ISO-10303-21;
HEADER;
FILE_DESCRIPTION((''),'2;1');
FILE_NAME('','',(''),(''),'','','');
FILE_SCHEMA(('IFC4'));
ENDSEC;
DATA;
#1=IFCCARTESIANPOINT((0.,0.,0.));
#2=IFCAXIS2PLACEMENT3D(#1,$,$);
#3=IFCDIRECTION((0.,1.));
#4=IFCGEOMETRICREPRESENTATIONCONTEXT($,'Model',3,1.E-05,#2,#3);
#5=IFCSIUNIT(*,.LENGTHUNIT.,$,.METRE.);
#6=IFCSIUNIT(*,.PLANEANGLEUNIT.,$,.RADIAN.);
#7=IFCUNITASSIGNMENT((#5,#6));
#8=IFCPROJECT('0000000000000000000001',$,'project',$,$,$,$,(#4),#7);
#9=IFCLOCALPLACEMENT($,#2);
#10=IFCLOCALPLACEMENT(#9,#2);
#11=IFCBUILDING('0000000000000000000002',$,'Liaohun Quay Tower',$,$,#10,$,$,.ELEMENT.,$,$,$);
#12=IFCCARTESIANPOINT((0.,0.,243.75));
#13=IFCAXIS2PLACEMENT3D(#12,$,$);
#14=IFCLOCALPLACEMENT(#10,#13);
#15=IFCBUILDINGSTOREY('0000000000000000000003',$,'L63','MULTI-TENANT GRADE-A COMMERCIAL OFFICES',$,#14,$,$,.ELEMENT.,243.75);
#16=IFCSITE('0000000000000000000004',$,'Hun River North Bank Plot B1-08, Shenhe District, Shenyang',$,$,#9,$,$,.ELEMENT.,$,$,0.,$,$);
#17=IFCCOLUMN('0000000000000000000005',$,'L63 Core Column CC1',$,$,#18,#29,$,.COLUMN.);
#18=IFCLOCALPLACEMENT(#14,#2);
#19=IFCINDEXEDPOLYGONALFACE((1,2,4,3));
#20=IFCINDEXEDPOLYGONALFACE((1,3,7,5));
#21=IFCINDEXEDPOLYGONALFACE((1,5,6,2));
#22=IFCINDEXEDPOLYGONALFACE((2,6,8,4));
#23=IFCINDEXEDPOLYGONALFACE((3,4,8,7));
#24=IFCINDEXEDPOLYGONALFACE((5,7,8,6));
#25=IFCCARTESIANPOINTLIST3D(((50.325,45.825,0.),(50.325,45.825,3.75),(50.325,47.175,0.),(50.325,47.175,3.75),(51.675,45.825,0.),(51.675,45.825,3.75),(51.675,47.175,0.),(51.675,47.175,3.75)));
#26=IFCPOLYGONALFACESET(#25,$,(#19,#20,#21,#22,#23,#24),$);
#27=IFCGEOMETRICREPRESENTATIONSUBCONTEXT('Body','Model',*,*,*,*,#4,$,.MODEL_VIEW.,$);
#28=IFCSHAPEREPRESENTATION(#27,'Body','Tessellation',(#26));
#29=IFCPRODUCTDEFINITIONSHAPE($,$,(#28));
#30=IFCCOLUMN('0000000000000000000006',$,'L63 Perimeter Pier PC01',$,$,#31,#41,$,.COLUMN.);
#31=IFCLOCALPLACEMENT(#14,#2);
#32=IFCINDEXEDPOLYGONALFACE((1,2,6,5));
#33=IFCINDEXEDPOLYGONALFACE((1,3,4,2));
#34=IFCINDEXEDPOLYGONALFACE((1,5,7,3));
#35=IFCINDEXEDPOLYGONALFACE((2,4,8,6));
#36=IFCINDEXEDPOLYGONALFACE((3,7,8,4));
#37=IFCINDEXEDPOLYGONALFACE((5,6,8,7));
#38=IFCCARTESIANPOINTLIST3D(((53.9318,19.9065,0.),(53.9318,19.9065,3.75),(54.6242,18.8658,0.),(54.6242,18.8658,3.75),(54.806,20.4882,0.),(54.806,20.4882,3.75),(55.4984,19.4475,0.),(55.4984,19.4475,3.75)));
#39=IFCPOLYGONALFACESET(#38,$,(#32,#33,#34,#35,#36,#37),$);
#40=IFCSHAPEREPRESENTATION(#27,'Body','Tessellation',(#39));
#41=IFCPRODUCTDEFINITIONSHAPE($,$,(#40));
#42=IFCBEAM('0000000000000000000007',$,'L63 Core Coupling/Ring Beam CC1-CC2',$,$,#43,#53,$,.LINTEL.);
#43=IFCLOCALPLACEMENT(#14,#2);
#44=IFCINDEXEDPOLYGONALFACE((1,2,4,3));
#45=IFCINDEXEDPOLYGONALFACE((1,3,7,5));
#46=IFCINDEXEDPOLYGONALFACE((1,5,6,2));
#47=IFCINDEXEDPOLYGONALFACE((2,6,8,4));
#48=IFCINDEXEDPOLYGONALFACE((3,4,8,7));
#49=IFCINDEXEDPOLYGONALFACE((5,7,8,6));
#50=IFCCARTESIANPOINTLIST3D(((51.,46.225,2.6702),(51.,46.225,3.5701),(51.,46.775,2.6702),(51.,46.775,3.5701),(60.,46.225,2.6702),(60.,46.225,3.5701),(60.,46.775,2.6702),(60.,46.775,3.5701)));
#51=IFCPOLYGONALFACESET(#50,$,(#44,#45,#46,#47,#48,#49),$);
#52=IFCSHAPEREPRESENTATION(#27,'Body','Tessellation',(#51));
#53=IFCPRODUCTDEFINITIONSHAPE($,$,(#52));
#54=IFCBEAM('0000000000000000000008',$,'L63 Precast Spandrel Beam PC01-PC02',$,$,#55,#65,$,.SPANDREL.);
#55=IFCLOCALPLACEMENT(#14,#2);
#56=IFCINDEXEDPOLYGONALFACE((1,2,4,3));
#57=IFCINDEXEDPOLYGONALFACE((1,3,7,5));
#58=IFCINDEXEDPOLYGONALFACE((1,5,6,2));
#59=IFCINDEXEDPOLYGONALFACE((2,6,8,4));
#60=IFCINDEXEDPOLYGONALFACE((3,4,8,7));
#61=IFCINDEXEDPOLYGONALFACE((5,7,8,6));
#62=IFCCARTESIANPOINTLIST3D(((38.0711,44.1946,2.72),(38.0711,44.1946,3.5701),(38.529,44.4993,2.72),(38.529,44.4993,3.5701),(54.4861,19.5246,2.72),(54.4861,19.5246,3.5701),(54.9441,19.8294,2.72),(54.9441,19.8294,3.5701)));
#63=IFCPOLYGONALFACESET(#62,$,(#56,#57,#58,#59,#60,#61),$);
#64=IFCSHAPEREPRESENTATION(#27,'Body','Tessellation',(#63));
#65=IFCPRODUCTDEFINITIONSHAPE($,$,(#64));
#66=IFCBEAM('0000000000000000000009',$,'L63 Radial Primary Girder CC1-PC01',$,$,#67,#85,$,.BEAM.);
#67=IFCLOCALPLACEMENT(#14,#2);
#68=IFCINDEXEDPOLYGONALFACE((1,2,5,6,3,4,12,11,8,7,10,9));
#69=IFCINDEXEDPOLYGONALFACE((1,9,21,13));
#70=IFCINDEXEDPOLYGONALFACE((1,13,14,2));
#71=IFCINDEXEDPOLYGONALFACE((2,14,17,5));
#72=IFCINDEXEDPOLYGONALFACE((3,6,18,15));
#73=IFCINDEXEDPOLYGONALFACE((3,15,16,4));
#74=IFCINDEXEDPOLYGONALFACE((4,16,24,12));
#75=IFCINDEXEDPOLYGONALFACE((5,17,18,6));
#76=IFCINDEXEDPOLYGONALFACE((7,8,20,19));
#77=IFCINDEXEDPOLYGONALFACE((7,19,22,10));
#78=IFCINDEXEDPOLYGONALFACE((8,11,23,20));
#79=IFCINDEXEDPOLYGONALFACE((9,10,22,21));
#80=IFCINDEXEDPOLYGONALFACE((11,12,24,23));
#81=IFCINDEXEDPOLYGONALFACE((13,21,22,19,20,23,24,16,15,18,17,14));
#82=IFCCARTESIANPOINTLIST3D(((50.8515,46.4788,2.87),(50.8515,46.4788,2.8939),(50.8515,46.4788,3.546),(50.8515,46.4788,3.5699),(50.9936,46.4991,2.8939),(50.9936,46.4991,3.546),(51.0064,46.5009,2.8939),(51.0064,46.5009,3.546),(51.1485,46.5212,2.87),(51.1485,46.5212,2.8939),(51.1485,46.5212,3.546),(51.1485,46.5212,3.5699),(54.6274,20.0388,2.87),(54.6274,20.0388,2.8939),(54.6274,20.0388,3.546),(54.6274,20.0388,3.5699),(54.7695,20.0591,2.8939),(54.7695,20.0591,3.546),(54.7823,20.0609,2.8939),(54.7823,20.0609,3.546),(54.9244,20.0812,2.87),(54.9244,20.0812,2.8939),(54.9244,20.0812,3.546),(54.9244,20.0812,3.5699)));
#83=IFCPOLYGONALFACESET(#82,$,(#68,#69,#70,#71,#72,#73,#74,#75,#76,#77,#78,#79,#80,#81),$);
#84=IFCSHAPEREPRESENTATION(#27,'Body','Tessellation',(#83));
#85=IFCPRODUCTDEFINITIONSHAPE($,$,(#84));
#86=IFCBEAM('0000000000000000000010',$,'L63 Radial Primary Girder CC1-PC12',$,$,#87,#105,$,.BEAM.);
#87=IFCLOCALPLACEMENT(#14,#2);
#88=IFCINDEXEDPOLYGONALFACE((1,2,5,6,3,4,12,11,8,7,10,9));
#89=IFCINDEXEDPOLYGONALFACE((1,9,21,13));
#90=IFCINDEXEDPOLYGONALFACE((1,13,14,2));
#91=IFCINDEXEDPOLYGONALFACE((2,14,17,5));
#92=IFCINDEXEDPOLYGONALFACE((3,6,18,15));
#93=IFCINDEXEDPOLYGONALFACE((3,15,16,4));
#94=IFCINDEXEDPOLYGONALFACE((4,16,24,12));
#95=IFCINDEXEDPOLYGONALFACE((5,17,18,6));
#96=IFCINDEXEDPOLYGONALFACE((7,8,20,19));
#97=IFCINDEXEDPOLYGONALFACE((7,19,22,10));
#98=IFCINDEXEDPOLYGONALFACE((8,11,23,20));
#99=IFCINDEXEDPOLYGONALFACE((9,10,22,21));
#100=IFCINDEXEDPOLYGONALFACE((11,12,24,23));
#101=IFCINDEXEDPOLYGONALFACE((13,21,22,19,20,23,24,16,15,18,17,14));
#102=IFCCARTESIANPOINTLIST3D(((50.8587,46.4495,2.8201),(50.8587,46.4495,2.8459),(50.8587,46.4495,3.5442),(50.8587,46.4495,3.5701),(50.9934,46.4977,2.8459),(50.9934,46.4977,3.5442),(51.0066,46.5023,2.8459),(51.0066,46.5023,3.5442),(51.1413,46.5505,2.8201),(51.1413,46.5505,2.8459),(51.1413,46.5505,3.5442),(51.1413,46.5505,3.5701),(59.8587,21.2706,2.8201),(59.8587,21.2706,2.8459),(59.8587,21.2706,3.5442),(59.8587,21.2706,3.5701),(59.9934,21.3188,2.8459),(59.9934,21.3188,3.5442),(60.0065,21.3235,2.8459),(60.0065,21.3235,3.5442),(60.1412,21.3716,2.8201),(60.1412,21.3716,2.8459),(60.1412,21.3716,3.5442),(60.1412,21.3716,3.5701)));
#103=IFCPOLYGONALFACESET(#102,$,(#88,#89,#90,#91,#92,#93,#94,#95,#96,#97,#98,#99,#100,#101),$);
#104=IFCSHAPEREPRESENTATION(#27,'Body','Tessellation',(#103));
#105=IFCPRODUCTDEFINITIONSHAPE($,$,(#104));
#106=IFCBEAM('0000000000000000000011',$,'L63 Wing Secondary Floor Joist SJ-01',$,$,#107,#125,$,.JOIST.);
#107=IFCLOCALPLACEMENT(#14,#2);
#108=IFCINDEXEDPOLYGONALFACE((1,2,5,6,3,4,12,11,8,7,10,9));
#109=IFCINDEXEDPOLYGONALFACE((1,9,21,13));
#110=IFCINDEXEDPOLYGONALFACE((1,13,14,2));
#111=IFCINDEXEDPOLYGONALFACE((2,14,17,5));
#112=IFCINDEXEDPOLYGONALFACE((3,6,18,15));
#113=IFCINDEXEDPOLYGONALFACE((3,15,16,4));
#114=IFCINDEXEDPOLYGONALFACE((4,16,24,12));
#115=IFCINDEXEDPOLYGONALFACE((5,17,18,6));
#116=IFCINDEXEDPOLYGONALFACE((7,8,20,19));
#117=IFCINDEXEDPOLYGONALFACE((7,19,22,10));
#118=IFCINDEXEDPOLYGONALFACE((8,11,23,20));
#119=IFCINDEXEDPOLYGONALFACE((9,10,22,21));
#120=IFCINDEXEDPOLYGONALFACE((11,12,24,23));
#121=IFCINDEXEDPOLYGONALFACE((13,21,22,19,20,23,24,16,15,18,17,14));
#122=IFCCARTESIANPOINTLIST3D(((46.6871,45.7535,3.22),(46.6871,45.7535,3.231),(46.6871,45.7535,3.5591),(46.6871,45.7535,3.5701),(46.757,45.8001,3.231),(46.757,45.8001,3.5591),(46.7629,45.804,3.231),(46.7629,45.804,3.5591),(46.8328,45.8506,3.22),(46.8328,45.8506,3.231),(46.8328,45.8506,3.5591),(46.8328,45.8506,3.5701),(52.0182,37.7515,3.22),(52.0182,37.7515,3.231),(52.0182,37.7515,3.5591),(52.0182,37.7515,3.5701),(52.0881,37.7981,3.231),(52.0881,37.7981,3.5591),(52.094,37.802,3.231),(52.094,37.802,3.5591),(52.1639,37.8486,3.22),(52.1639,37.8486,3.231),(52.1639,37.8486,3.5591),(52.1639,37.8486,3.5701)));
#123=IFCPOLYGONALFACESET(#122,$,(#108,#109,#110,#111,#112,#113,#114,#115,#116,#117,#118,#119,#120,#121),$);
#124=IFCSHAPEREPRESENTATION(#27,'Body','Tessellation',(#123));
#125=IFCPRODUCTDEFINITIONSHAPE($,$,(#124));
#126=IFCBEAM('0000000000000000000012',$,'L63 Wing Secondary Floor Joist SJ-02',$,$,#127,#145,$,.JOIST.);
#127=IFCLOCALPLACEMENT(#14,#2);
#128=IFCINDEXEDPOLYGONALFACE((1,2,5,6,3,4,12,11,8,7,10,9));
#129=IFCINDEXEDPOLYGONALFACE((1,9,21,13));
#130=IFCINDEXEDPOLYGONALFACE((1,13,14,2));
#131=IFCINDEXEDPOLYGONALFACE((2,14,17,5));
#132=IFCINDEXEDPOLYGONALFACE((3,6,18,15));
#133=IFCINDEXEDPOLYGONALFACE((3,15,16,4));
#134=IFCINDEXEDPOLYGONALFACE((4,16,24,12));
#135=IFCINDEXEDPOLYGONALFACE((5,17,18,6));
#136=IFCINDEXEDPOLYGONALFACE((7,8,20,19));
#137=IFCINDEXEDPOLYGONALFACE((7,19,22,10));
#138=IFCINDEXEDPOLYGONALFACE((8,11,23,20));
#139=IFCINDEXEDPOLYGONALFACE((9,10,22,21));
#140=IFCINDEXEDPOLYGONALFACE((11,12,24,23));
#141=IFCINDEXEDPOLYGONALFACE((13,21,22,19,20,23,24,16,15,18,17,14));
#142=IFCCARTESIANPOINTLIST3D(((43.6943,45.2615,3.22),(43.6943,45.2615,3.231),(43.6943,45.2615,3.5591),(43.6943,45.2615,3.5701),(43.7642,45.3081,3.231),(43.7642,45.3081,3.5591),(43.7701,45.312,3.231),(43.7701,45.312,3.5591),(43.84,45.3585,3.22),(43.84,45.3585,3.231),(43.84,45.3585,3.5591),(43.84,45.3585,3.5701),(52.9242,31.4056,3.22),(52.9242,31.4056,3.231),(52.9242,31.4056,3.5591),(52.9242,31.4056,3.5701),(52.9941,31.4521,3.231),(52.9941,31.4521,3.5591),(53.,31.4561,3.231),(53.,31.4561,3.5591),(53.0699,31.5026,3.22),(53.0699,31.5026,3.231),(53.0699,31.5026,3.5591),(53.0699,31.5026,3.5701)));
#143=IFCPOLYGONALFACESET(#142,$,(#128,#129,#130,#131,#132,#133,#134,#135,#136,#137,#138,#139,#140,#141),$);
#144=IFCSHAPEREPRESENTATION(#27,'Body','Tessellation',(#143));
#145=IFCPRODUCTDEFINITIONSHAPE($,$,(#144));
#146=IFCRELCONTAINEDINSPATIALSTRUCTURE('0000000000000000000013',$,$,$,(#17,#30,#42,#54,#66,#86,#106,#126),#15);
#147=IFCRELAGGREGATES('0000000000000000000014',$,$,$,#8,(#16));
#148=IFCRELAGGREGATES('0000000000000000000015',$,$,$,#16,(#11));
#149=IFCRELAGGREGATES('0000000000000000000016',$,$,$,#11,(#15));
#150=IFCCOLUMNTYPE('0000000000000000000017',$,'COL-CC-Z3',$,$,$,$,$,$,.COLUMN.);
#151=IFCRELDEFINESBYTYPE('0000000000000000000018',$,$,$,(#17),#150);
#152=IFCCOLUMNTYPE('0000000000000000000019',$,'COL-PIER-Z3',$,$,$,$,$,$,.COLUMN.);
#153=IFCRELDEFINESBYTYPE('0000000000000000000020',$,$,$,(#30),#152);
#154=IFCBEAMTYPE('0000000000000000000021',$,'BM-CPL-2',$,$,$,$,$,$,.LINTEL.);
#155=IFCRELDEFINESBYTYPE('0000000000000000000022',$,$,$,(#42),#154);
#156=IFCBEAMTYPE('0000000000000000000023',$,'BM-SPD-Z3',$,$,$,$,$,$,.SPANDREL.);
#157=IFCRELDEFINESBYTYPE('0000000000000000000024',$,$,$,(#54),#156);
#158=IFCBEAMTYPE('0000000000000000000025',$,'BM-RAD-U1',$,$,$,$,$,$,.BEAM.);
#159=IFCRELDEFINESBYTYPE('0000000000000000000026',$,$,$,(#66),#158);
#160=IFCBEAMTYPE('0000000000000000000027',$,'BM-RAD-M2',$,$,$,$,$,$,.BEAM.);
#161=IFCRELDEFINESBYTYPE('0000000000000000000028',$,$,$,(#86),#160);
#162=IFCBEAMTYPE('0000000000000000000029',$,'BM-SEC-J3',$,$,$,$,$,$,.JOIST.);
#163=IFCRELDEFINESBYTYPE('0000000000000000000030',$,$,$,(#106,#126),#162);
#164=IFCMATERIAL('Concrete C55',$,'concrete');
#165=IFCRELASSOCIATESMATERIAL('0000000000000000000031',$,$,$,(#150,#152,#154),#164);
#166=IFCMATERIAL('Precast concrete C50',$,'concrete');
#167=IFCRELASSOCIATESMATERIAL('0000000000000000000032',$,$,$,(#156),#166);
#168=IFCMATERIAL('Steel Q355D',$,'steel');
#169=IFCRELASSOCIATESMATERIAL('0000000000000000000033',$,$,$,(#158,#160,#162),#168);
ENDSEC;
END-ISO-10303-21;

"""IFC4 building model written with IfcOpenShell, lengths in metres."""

from ifc_helpers import new_model, si_unit, direction, frame, origin, origin_2d, place, context, subcontext, project, spatial, rectangle, i_section, extrude, source, transform, mapped, material, material_profile, profile_set, type_object, element, save


model = new_model("IFC4")

# Units and contexts
model_context = context("Model", 3, precision=1e-05, world=origin(), true_north=direction((0.0, 1.0)))
body_context = subcontext(model_context, "Body", "Model", "MODEL_VIEW")
ifc_project = project(units=[si_unit("LENGTHUNIT", "METRE"), si_unit("PLANEANGLEUNIT", "RADIAN")], contexts=[model_context])

# Site, building, storey
site_placement = place(None, origin())
site = spatial("IfcSite", under=ifc_project, at=site_placement, Name="Hun River North Bank Plot B1-08, Shenhe District, Shenyang", CompositionType="ELEMENT", RefElevation=0.0)
building_placement = place(site_placement, origin())
building = spatial("IfcBuilding", under=site, at=building_placement, Name="Liaohun Quay Tower", CompositionType="ELEMENT")
storey_placement = place(building_placement, frame((0.0, 0.0, 243.75)))
storey = spatial("IfcBuildingStorey", under=building, at=storey_placement, Name="L63", Description="MULTI-TENANT GRADE-A COMMERCIAL OFFICES", CompositionType="ELEMENT", Elevation=243.75)

# Columns
ifc_material_1 = material(Name="Concrete C55", Category="concrete")
ifc_material_profile_1 = material_profile(ifc_material_1, rectangle(XDim=1.3501, YDim=1.3501, at=origin_2d()), Name="RC1350x1350")
ifc_profile_set_1 = profile_set([ifc_material_profile_1], Name="Concrete C55")
column_type_1 = type_object("IfcColumnType", Name="COL-CC-Z3", PredefinedType="COLUMN", material=ifc_profile_set_1)
shared_shape_1 = source(origin(), body_context, "Body", "SweptSolid", [
    extrude(rectangle(XDim=1.3501, YDim=1.3501, at=origin_2d()), origin(), (0.0, 0.0, 1.0), 3.75),
])
column_1_placement = place(storey_placement, frame((51.0, 46.5, 0.0), z_axis=(0.0, 0.0, 1.0), x_axis=(1.0, 0.0, 0.0)))
element("IfcColumn", 1, at=column_1_placement, inside=storey, type_object=column_type_1, Name="L63 Core Column CC1", PredefinedType="COLUMN", context=body_context, shape_type="MappedRepresentation", body=[
    mapped(shared_shape_1, transform((0.0, 0.0, 0.0), x_axis=(1.0, 0.0, 0.0), y_axis=(0.0, 1.0, 0.0), z_axis=(0.0, 0.0, 1.0), scale=1.0)),
])
ifc_material_profile_2 = material_profile(ifc_material_1, rectangle(XDim=1.25, YDim=1.05, at=origin_2d()), Name="RC1250x1050")
ifc_profile_set_2 = profile_set([ifc_material_profile_2], Name="Concrete C55")
column_type_2 = type_object("IfcColumnType", Name="COL-PIER-Z3", PredefinedType="COLUMN", material=ifc_profile_set_2)
shared_shape_2 = source(origin(), body_context, "Body", "SweptSolid", [
    extrude(rectangle(XDim=1.25, YDim=1.05, at=origin_2d()), origin(), (0.0, 0.0, 1.0), 3.75),
])
column_2_placement = place(storey_placement, frame((54.7151, 19.677, 0.0), z_axis=(0.0, 0.0, 1.0), x_axis=(-0.553973, 0.832535, 0.0)))
element("IfcColumn", 2, at=column_2_placement, inside=storey, type_object=column_type_2, Name="L63 Perimeter Pier PC01", PredefinedType="COLUMN", context=body_context, shape_type="MappedRepresentation", body=[
    mapped(shared_shape_2, transform((0.0, 0.0, 0.0), x_axis=(1.0, 0.0, 0.0), y_axis=(0.0, 1.0, 0.0), z_axis=(0.0, 0.0, 1.0), scale=1.0)),
])

# Beams
ifc_material_profile_3 = material_profile(ifc_material_1, rectangle(XDim=0.55, YDim=0.8999, at=origin_2d()), Name="RC550x900")
ifc_profile_set_3 = profile_set([ifc_material_profile_3], Name="Concrete C55")
beam_type_1 = type_object("IfcBeamType", Name="BM-CPL-2", PredefinedType="LINTEL", material=ifc_profile_set_3)
shared_shape_3 = source(origin(), body_context, "Body", "SweptSolid", [
    extrude(rectangle(XDim=0.55, YDim=0.8999, at=origin_2d()), origin(), (0.0, 0.0, 1.0), 9.0),
])
beam_1_placement = place(storey_placement, frame((51.0, 46.5, 3.1201), z_axis=(1.0, 0.0, 0.0), x_axis=(0.0, 1.0, 0.0)))
element("IfcBeam", 3, at=beam_1_placement, inside=storey, type_object=beam_type_1, Name="L63 Core Coupling/Ring Beam CC1-CC2", PredefinedType="LINTEL", context=body_context, shape_type="MappedRepresentation", body=[
    mapped(shared_shape_3, transform((0.0, 0.0, 0.0), x_axis=(1.0, 0.0, 0.0), y_axis=(0.0, 1.0, 0.0), z_axis=(0.0, 0.0, 1.0), scale=1.0)),
])
ifc_material_2 = material(Name="Precast concrete C50", Category="concrete")
ifc_material_profile_4 = material_profile(ifc_material_2, rectangle(XDim=0.55, YDim=0.8501, at=origin_2d()), Name="RC550x850")
ifc_profile_set_4 = profile_set([ifc_material_profile_4], Name="Precast concrete C50")
beam_type_2 = type_object("IfcBeamType", Name="BM-SPD-Z3", PredefinedType="SPANDREL", material=ifc_profile_set_4)
shared_shape_4 = source(origin(), body_context, "Body", "SweptSolid", [
    extrude(rectangle(XDim=0.55, YDim=0.8501, at=origin_2d()), origin(), (0.0, 0.0, 1.0), 29.6321),
])
beam_2_placement = place(storey_placement, frame((54.7151, 19.677, 3.145), z_axis=(-0.553962, 0.832542, 0.0), x_axis=(-0.832542, -0.553962, 0.0)))
element("IfcBeam", 4, at=beam_2_placement, inside=storey, type_object=beam_type_2, Name="L63 Precast Spandrel Beam PC01-PC02", PredefinedType="SPANDREL", context=body_context, shape_type="MappedRepresentation", body=[
    mapped(shared_shape_4, transform((0.0, 0.0, 0.0), x_axis=(1.0, 0.0, 0.0), y_axis=(0.0, 1.0, 0.0), z_axis=(0.0, 0.0, 1.0), scale=1.0)),
])
ifc_material_3 = material(Name="Steel Q355D", Category="steel")
ifc_material_profile_5 = material_profile(ifc_material_3, i_section(OverallWidth=0.3, OverallDepth=0.7, WebThickness=0.0129, FlangeThickness=0.0239, at=origin_2d()), Name="HN700x300x13x24")
ifc_profile_set_5 = profile_set([ifc_material_profile_5], Name="Steel Q355D")
beam_type_3 = type_object("IfcBeamType", Name="BM-RAD-U1", PredefinedType="BEAM", material=ifc_profile_set_5)
shared_shape_5 = source(origin(), body_context, "Body", "SweptSolid", [
    extrude(i_section(OverallWidth=0.3, OverallDepth=0.7, WebThickness=0.0129, FlangeThickness=0.0239, at=origin_2d()), origin(), (0.0, 0.0, 1.0), 26.7083),
])
beam_3_placement = place(storey_placement, frame((51.0, 46.5, 3.22), z_axis=(0.141375, -0.989956, 0.0), x_axis=(0.989956, 0.141375, 0.0)))
element("IfcBeam", 5, at=beam_3_placement, inside=storey, type_object=beam_type_3, Name="L63 Radial Primary Girder CC1-PC01", PredefinedType="BEAM", context=body_context, shape_type="MappedRepresentation", body=[
    mapped(shared_shape_5, transform((0.0, 0.0, 0.0), x_axis=(1.0, 0.0, 0.0), y_axis=(0.0, 1.0, 0.0), z_axis=(0.0, 0.0, 1.0), scale=1.0)),
])
ifc_material_profile_6 = material_profile(ifc_material_3, i_section(OverallWidth=0.3, OverallDepth=0.75, WebThickness=0.0139, FlangeThickness=0.0259, at=origin_2d()), Name="HN750x300x14x26")
ifc_profile_set_6 = profile_set([ifc_material_profile_6], Name="Steel Q355D")
beam_type_4 = type_object("IfcBeamType", Name="BM-RAD-M2", PredefinedType="BEAM", material=ifc_profile_set_6)
shared_shape_6 = source(origin(), body_context, "Body", "SweptSolid", [
    extrude(i_section(OverallWidth=0.3, OverallDepth=0.75, WebThickness=0.0139, FlangeThickness=0.0259, at=origin_2d()), origin(), (0.0, 0.0, 1.0), 26.739),
])
beam_4_placement = place(storey_placement, frame((51.0, 46.5, 3.1951), z_axis=(0.336586, -0.941653, 0.0), x_axis=(0.941653, 0.336586, 0.0)))
element("IfcBeam", 6, at=beam_4_placement, inside=storey, type_object=beam_type_4, Name="L63 Radial Primary Girder CC1-PC12", PredefinedType="BEAM", context=body_context, shape_type="MappedRepresentation", body=[
    mapped(shared_shape_6, transform((0.0, 0.0, 0.0), x_axis=(1.0, 0.0, 0.0), y_axis=(0.0, 1.0, 0.0), z_axis=(0.0, 0.0, 1.0), scale=1.0)),
])
ifc_material_profile_7 = material_profile(ifc_material_3, i_section(OverallWidth=0.175, OverallDepth=0.3501, WebThickness=0.0071, FlangeThickness=0.011, at=origin_2d()), Name="HN350x175x7x11")
ifc_profile_set_7 = profile_set([ifc_material_profile_7], Name="Steel Q355D")
beam_type_5 = type_object("IfcBeamType", Name="BM-SEC-J3", PredefinedType="JOIST", material=ifc_profile_set_7)
shared_shape_7 = source(origin(), body_context, "Body", "SweptSolid", [
    extrude(i_section(OverallWidth=0.175, OverallDepth=0.3501, WebThickness=0.0071, FlangeThickness=0.011, at=origin_2d()), origin(), (0.0, 0.0, 1.0), 9.6152),
])
beam_5_placement = place(storey_placement, frame((52.0911, 37.8, 3.395), z_axis=(-0.554442, 0.832222, 0.0), x_axis=(-0.832222, -0.554442, 0.0)))
element("IfcBeam", 7, at=beam_5_placement, inside=storey, type_object=beam_type_5, Name="L63 Wing Secondary Floor Joist SJ-01", PredefinedType="JOIST", context=body_context, shape_type="MappedRepresentation", body=[
    mapped(shared_shape_7, transform((0.0, 0.0, 0.0), x_axis=(1.0, 0.0, 0.0), y_axis=(0.0, 1.0, 0.0), z_axis=(0.0, 0.0, 1.0), scale=1.0)),
])
shared_shape_8 = source(origin(), body_context, "Body", "SweptSolid", [
    extrude(i_section(OverallWidth=0.175, OverallDepth=0.3501, WebThickness=0.0071, FlangeThickness=0.011, at=origin_2d()), origin(), (0.0, 0.0, 1.0), 16.6487),
])
beam_6_placement = place(storey_placement, frame((52.9971, 31.4541, 3.395), z_axis=(-0.554396, 0.832253, 0.0), x_axis=(-0.832253, -0.554396, 0.0)))
element("IfcBeam", 8, at=beam_6_placement, inside=storey, type_object=beam_type_5, Name="L63 Wing Secondary Floor Joist SJ-02", PredefinedType="JOIST", context=body_context, shape_type="MappedRepresentation", body=[
    mapped(shared_shape_8, transform((0.0, 0.0, 0.0), x_axis=(1.0, 0.0, 0.0), y_axis=(0.0, 1.0, 0.0), z_axis=(0.0, 0.0, 1.0), scale=1.0)),
])

save(model, "model.ifc")
